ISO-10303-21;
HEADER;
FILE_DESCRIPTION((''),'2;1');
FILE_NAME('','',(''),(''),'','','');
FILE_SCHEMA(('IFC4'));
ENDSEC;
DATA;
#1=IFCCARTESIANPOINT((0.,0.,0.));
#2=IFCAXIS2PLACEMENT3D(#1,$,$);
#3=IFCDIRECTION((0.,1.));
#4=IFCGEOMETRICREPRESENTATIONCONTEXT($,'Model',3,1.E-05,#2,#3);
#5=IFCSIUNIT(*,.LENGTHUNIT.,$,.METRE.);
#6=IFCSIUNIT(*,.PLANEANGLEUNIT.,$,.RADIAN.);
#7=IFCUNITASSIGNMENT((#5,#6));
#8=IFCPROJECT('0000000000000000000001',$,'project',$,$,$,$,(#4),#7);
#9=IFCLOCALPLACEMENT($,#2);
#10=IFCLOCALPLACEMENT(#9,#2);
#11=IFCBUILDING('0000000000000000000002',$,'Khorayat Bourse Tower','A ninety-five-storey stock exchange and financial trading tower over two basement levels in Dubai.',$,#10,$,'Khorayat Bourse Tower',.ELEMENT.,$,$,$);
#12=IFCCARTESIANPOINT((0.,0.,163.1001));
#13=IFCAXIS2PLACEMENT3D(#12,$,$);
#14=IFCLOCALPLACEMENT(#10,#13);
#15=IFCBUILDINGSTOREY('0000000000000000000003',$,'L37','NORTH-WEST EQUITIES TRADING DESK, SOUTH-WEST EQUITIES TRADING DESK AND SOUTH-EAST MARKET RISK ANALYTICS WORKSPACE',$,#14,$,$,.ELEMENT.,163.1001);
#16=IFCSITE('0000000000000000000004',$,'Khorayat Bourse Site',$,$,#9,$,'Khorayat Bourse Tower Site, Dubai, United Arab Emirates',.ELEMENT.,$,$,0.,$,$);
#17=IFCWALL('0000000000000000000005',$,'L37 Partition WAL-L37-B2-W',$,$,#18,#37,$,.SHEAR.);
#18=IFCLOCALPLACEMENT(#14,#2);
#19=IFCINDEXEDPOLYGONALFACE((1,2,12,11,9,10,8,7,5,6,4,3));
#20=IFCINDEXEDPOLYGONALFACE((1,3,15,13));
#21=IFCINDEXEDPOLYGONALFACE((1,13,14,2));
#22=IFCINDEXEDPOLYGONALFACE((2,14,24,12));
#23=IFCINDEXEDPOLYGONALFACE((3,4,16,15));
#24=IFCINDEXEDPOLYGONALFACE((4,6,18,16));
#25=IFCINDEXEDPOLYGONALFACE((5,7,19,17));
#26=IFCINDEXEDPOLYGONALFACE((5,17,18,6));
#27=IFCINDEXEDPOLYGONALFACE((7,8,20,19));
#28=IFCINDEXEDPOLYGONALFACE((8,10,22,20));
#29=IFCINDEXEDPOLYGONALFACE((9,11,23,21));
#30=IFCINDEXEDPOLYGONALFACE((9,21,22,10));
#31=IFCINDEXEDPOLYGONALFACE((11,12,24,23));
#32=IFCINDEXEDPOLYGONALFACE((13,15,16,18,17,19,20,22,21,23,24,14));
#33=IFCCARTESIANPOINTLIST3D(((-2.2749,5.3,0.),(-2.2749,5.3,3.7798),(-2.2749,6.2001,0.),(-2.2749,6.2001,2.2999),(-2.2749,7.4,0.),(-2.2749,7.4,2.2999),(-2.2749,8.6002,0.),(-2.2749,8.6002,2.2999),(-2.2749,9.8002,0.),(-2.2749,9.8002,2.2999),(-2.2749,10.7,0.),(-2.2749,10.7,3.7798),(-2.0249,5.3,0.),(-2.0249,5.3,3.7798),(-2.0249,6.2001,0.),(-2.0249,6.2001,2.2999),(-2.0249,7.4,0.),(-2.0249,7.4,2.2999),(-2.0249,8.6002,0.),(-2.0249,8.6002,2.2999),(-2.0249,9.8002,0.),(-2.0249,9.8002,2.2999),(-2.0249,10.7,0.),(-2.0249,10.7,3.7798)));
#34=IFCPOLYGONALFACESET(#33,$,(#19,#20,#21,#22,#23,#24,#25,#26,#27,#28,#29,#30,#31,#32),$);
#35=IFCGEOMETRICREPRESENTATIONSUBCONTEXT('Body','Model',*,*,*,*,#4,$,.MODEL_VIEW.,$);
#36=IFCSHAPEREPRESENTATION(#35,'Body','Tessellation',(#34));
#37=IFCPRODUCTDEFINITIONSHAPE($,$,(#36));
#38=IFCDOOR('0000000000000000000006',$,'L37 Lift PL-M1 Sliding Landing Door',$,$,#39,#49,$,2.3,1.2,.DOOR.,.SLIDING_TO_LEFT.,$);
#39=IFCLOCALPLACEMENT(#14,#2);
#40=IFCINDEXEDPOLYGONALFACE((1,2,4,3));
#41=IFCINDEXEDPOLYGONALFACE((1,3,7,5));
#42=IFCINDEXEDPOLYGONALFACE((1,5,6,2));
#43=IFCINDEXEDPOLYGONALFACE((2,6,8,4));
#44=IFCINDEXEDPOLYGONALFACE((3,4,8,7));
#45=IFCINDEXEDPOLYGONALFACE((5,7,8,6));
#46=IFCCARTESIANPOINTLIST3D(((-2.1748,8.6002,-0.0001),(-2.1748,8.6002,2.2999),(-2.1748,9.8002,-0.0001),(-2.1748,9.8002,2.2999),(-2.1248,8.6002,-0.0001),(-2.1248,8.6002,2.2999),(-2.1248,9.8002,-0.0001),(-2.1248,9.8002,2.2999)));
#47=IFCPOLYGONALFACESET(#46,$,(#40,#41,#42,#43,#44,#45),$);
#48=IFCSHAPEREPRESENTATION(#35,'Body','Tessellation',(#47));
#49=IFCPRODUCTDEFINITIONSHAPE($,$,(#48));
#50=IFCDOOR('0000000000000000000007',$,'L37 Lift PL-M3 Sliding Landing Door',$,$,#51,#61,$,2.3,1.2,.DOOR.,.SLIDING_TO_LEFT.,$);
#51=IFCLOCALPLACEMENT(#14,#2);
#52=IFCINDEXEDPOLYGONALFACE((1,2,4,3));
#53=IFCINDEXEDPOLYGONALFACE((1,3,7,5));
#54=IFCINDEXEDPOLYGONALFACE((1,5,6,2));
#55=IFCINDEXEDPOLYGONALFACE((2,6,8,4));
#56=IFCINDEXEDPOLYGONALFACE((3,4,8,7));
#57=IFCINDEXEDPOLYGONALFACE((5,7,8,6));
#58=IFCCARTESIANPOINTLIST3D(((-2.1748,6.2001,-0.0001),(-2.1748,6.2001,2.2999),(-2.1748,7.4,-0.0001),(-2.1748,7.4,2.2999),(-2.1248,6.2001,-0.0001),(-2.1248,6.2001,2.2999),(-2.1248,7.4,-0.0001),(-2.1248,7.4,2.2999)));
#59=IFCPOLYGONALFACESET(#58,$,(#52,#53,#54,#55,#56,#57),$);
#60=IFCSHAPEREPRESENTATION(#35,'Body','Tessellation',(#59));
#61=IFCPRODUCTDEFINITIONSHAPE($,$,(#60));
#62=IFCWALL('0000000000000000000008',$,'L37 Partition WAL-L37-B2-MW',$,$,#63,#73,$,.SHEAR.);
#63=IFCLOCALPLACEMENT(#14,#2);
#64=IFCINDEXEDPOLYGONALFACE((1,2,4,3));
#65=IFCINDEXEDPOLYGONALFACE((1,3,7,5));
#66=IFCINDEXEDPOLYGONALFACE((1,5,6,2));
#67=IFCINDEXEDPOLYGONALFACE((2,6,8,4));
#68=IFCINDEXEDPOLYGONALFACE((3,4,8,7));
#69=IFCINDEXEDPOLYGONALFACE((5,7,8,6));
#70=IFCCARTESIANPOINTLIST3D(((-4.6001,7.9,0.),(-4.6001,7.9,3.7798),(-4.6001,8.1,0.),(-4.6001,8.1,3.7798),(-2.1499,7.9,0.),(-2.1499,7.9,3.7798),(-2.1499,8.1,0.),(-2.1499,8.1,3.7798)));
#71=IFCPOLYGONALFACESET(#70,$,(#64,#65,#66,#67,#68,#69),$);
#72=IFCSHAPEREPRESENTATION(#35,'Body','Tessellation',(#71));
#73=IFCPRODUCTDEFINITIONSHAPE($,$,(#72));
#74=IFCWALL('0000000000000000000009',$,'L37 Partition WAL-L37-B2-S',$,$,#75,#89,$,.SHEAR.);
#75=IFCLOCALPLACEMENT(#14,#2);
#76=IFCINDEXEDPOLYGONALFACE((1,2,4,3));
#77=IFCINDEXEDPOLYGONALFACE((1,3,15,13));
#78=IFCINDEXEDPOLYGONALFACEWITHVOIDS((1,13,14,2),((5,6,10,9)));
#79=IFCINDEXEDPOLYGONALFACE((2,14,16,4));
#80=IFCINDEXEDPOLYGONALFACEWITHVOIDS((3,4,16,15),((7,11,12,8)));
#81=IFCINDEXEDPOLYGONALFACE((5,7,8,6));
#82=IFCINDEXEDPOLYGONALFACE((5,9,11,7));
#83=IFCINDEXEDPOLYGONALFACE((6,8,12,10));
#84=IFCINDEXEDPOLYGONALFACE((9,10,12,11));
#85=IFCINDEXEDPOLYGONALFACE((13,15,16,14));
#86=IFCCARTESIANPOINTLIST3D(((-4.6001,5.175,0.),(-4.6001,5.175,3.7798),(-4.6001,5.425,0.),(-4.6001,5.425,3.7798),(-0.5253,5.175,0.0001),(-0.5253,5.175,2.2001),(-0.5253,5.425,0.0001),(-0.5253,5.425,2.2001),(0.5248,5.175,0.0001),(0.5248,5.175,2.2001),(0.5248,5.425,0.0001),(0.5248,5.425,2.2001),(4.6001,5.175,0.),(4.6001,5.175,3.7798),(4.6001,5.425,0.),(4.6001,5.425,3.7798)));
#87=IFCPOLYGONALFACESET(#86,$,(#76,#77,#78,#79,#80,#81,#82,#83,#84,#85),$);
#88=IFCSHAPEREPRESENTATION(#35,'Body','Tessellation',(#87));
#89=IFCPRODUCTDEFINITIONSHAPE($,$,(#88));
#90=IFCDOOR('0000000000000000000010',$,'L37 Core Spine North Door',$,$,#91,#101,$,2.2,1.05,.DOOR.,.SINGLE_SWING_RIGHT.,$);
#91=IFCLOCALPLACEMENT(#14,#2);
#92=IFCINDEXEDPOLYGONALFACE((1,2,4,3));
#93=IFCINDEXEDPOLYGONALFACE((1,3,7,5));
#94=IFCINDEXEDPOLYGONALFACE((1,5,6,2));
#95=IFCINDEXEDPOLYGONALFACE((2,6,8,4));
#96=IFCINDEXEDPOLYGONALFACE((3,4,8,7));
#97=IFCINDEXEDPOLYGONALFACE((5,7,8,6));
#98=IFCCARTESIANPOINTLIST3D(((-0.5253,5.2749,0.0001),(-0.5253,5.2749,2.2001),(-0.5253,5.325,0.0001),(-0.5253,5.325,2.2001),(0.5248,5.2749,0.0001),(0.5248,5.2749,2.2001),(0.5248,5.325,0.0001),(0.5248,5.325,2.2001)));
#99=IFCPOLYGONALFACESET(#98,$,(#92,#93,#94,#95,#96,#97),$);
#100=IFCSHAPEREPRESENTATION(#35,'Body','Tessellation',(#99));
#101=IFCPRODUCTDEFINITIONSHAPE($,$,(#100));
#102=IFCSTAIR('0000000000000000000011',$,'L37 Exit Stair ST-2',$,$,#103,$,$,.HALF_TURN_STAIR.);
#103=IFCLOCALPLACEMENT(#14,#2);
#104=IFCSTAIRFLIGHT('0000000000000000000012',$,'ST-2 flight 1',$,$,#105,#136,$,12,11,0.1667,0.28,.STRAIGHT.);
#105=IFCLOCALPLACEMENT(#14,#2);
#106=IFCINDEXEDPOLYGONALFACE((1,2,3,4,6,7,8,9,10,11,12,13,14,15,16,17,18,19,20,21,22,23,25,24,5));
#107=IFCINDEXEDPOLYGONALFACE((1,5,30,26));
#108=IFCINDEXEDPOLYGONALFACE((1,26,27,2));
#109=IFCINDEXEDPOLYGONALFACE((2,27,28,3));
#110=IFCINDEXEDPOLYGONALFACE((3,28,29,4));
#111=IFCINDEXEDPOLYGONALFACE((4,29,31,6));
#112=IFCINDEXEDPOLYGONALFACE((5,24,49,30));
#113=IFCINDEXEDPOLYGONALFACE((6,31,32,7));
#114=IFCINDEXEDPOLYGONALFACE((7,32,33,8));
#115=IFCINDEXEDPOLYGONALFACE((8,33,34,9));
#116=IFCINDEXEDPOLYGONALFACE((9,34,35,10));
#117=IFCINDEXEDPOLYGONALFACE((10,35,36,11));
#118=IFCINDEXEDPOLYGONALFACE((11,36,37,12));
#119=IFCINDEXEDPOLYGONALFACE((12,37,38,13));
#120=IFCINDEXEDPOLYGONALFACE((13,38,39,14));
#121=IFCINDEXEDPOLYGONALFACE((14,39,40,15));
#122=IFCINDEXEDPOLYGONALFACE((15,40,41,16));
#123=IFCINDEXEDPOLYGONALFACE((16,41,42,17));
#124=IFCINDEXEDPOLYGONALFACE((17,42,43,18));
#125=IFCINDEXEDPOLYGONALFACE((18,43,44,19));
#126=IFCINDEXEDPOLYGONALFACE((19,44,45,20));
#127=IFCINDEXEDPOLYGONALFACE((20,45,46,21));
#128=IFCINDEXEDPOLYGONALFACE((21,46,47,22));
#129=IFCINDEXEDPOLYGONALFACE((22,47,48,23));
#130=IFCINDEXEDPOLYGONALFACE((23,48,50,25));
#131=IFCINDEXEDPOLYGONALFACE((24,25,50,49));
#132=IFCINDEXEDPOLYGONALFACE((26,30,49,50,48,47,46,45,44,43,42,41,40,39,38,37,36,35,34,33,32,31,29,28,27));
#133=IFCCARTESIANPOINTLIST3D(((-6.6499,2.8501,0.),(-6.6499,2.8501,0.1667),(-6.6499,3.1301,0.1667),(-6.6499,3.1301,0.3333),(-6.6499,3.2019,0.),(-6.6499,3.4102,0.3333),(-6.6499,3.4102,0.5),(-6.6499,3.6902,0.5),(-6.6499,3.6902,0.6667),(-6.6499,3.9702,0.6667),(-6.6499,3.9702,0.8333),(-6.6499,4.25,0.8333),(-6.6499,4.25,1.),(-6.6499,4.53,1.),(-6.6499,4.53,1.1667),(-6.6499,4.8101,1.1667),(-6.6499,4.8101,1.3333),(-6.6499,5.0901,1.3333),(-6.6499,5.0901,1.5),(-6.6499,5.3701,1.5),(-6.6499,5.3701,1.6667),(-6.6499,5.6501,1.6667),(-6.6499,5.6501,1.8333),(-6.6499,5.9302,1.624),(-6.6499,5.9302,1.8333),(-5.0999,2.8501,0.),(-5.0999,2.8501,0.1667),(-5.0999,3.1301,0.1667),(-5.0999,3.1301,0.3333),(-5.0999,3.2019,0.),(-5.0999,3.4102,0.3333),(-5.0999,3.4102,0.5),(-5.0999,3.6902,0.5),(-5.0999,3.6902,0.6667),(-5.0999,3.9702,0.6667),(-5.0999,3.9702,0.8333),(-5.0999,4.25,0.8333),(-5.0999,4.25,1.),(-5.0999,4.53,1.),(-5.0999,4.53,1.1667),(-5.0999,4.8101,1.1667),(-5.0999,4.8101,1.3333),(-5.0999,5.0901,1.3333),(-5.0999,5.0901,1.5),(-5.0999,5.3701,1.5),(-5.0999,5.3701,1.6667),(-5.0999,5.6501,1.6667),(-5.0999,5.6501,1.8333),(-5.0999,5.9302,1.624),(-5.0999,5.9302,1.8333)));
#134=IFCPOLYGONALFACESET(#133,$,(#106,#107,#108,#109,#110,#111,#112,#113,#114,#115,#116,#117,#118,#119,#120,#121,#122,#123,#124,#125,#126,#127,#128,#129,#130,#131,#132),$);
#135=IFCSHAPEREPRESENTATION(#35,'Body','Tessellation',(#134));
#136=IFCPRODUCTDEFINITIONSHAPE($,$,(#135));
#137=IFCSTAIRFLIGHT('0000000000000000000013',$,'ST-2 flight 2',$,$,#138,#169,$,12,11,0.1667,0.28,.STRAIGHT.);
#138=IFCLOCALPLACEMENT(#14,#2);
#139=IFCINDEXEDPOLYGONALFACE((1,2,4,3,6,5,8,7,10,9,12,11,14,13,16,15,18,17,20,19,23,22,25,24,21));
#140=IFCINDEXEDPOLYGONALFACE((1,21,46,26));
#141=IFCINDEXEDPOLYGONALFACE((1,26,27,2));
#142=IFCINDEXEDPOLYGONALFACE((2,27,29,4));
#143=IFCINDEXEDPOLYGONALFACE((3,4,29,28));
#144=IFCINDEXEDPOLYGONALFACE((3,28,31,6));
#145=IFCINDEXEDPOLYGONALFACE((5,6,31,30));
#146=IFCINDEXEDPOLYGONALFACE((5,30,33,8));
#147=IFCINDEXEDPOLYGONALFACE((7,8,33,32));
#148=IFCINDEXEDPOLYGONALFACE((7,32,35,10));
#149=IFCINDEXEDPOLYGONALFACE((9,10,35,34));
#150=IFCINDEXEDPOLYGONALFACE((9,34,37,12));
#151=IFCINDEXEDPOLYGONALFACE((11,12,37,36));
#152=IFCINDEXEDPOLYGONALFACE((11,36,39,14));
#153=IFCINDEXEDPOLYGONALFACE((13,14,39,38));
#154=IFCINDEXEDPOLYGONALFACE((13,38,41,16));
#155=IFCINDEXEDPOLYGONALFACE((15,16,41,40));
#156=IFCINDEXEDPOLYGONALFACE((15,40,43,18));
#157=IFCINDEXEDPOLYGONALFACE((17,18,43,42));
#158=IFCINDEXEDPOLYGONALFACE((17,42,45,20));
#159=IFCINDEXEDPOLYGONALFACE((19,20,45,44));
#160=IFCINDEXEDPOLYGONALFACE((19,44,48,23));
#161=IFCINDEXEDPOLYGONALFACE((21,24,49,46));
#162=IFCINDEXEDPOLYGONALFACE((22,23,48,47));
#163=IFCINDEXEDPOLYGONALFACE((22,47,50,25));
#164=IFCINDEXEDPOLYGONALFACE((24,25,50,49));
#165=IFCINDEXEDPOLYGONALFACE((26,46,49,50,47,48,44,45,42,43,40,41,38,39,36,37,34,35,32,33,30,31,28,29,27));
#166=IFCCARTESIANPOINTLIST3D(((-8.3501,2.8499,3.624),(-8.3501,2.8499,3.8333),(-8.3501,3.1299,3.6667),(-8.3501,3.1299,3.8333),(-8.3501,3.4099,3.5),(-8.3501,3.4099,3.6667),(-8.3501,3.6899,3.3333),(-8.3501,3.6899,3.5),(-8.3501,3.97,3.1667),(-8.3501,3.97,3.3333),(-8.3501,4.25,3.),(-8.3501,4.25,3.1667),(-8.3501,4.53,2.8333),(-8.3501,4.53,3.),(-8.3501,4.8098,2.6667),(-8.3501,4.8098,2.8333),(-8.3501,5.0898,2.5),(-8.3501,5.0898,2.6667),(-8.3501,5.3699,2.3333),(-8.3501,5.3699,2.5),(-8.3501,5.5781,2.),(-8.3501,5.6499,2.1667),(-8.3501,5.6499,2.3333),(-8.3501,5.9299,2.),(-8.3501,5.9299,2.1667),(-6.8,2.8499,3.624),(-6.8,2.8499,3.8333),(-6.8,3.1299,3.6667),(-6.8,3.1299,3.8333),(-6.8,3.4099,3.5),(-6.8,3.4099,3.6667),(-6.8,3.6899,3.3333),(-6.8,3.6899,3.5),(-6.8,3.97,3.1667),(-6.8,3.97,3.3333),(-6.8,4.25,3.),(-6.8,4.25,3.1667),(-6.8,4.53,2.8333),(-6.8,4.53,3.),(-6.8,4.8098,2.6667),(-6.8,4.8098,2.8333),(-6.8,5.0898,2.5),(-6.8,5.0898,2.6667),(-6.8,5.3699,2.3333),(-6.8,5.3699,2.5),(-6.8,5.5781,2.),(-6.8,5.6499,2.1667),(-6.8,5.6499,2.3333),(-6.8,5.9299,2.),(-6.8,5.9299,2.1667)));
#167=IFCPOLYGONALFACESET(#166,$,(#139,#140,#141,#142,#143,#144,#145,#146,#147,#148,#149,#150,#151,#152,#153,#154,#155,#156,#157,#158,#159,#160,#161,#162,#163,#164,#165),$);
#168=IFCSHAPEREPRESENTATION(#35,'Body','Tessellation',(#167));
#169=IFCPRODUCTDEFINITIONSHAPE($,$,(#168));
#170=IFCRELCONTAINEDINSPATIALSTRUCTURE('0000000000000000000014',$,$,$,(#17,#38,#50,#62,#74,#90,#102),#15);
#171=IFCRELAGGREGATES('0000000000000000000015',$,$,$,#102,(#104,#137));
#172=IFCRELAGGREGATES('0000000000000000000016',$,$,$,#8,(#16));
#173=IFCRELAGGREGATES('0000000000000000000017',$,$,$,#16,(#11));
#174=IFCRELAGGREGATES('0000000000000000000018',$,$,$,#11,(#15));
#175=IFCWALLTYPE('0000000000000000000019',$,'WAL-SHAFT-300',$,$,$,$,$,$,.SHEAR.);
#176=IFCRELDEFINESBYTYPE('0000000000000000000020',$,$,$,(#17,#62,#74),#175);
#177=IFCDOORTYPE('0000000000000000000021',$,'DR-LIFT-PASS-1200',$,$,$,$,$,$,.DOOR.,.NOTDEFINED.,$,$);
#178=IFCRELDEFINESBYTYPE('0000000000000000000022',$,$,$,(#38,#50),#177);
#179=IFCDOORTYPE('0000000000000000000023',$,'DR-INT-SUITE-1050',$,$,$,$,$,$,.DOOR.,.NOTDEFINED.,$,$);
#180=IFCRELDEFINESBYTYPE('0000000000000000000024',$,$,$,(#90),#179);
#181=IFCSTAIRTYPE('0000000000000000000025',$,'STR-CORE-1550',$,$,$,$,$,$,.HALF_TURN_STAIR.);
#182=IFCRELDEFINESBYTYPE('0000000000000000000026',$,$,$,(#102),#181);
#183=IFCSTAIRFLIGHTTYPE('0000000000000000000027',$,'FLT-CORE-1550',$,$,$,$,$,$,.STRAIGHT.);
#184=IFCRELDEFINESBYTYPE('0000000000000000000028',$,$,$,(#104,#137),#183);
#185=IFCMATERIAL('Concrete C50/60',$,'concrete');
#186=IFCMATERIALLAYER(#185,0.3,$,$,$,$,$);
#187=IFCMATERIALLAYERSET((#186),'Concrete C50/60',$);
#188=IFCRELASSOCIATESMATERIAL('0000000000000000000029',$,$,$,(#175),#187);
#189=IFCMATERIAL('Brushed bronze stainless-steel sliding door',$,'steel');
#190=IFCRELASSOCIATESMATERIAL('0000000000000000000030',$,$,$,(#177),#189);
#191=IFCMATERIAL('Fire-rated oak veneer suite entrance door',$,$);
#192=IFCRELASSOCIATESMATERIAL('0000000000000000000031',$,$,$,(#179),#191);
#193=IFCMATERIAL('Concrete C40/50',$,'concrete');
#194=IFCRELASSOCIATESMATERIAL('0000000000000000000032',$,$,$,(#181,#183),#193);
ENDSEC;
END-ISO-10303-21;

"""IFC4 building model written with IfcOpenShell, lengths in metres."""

from ifc_helpers import new_model, si_unit, direction, frame, frame_2d, origin, place, context, subcontext, project, spatial, polyline, rectangle, outline, extrude, source, transform, mapped, material, layer, layer_set, type_object, element, fill, aggregate, save


model = new_model("IFC4")

# Units and contexts
model_context = context("Model", 3, precision=1e-05, world=origin(), true_north=direction((0.0, 1.0)))
body_context = subcontext(model_context, "Body", "Model", "MODEL_VIEW")
ifc_project = project(units=[si_unit("LENGTHUNIT", "METRE"), si_unit("PLANEANGLEUNIT", "RADIAN")], contexts=[model_context])

# Site, building, storey
site_placement = place(None, origin())
site = spatial("IfcSite", under=ifc_project, at=site_placement, Name="Khorayat Bourse Site", LongName="Khorayat Bourse Tower Site, Dubai, United Arab Emirates", CompositionType="ELEMENT", RefElevation=0.0)
building_placement = place(site_placement, origin())
building = spatial("IfcBuilding", under=site, at=building_placement, Name="Khorayat Bourse Tower", Description="A ninety-five-storey stock exchange and financial trading tower over two basement levels in Dubai.", LongName="Khorayat Bourse Tower", CompositionType="ELEMENT")
storey_placement = place(building_placement, frame((0.0, 0.0, 163.1001)))
storey = spatial("IfcBuildingStorey", under=building, at=storey_placement, Name="L37", Description="NORTH-WEST EQUITIES TRADING DESK, SOUTH-WEST EQUITIES TRADING DESK AND SOUTH-EAST MARKET RISK ANALYTICS WORKSPACE", CompositionType="ELEMENT", Elevation=163.1001)

# Shared definitions
ifc_material_1 = material(Name="Concrete C50/60", Category="concrete")
ifc_layer_1 = layer(ifc_material_1, 0.3)
ifc_layer_set_1 = layer_set([ifc_layer_1], Name="Concrete C50/60")
wall_type_1 = type_object("IfcWallType", Name="WAL-SHAFT-300", PredefinedType="SHEAR", material=ifc_layer_set_1)

# Wall, openings, doors
shared_shape_1 = source(origin(), body_context, "Body", "SweptSolid", [
    extrude(rectangle(XDim=5.3999, YDim=0.25, at=frame_2d((2.7, 0.0))), origin(), (0.0, 0.0, 1.0), 3.7798),
])
wall_1_placement = place(storey_placement, frame((-2.1499, 5.3, 0.0), z_axis=(0.0, 0.0, 1.0), x_axis=(0.0, 1.0, 0.0)))
wall_1 = element("IfcWall", 1, at=wall_1_placement, inside=storey, type_object=wall_type_1, Name="L37 Partition WAL-L37-B2-W", PredefinedType="SHEAR", context=body_context, shape_type="MappedRepresentation", body=[
    mapped(shared_shape_1, transform((0.0, 0.0, 0.0), scale=1.0)),
])
shared_shape_2 = source(origin(), body_context, "Body", "SweptSolid", [
    extrude(rectangle(XDim=1.2, YDim=2.3, at=frame_2d((0.6001, 1.1499))), frame((0.0, 0.135, 0.0), z_axis=(0.0, -1.0, 0.0), x_axis=(1.0, 0.0, 0.0)), (0.0, 0.0, 1.0), 0.27),
])
opening_1_placement = place(wall_1_placement, frame((3.3, 0.0, 0.0)))
opening_1 = element("IfcOpeningElement", 2, at=opening_1_placement, cuts=wall_1, PredefinedType="OPENING", context=body_context, shape_type="MappedRepresentation", body=[
    mapped(shared_shape_2, transform((0.0, 0.0, 0.0), scale=1.0)),
])
opening_2_placement = place(wall_1_placement, frame((0.8999, 0.0, 0.0)))
opening_2 = element("IfcOpeningElement", 3, at=opening_2_placement, cuts=wall_1, PredefinedType="OPENING", context=body_context, shape_type="MappedRepresentation", body=[
    mapped(shared_shape_2, transform((0.0, 0.0, 0.0), scale=1.0)),
])
ifc_material_2 = material(Name="Brushed bronze stainless-steel sliding door", Category="steel")
door_type_1 = type_object("IfcDoorType", Name="DR-LIFT-PASS-1200", OperationType="NOTDEFINED", PredefinedType="DOOR", material=ifc_material_2)
shared_shape_3 = source(origin(), body_context, "Body", "SweptSolid", [
    extrude(rectangle(XDim=1.2, YDim=2.3, at=frame_2d((0.6001, 1.1499))), frame((0.0, 0.0249, 0.0), z_axis=(0.0, -1.0, 0.0), x_axis=(1.0, 0.0, 0.0)), (0.0, 0.0, 1.0), 0.05),
])
door_1_placement = place(opening_1_placement, origin())
door_1 = element("IfcDoor", 4, at=door_1_placement, inside=storey, type_object=door_type_1, Name="L37 Lift PL-M1 Sliding Landing Door", OperationType="SLIDING_TO_LEFT", OverallHeight=2.3, OverallWidth=1.2, PredefinedType="DOOR", context=body_context, shape_type="MappedRepresentation", body=[
    mapped(shared_shape_3, transform((0.0, 0.0, 0.0), scale=1.0)),
])
fill(opening_1, door_1)
door_2_placement = place(opening_2_placement, origin())
door_2 = element("IfcDoor", 5, at=door_2_placement, inside=storey, type_object=door_type_1, Name="L37 Lift PL-M3 Sliding Landing Door", OperationType="SLIDING_TO_LEFT", OverallHeight=2.3, OverallWidth=1.2, PredefinedType="DOOR", context=body_context, shape_type="MappedRepresentation", body=[
    mapped(shared_shape_3, transform((0.0, 0.0, 0.0), scale=1.0)),
])
fill(opening_2, door_2)

# Wall
shared_shape_4 = source(origin(), body_context, "Body", "SweptSolid", [
    extrude(rectangle(XDim=2.4502, YDim=0.2, at=frame_2d((1.2251, 0.0))), origin(), (0.0, 0.0, 1.0), 3.7798),
])
wall_2_placement = place(storey_placement, frame((-4.6001, 8.0, 0.0), z_axis=(0.0, 0.0, 1.0), x_axis=(1.0, 0.0, 0.0)))
element("IfcWall", 6, at=wall_2_placement, inside=storey, type_object=wall_type_1, Name="L37 Partition WAL-L37-B2-MW", PredefinedType="SHEAR", context=body_context, shape_type="MappedRepresentation", body=[
    mapped(shared_shape_4, transform((0.0, 0.0, 0.0), scale=1.0)),
])

# Wall, opening, door
shared_shape_5 = source(origin(), body_context, "Body", "SweptSolid", [
    extrude(rectangle(XDim=9.2002, YDim=0.25, at=frame_2d((4.6001, 0.0))), origin(), (0.0, 0.0, 1.0), 3.7798),
])
wall_3_placement = place(storey_placement, frame((-4.6001, 5.3, 0.0), z_axis=(0.0, 0.0, 1.0), x_axis=(1.0, 0.0, 0.0)))
wall_3 = element("IfcWall", 7, at=wall_3_placement, inside=storey, type_object=wall_type_1, Name="L37 Partition WAL-L37-B2-S", PredefinedType="SHEAR", context=body_context, shape_type="MappedRepresentation", body=[
    mapped(shared_shape_5, transform((0.0, 0.0, 0.0), scale=1.0)),
])
shared_shape_6 = source(origin(), body_context, "Body", "SweptSolid", [
    extrude(rectangle(XDim=1.05, YDim=2.2, at=frame_2d((0.5249, 1.1001))), frame((0.0, 0.135, 0.0), z_axis=(0.0, -1.0, 0.0), x_axis=(1.0, 0.0, 0.0)), (0.0, 0.0, 1.0), 0.27),
])
opening_3_placement = place(wall_3_placement, frame((4.075, 0.0, 0.0)))
opening_3 = element("IfcOpeningElement", 8, at=opening_3_placement, cuts=wall_3, PredefinedType="OPENING", context=body_context, shape_type="MappedRepresentation", body=[
    mapped(shared_shape_6, transform((0.0, 0.0, 0.0), scale=1.0)),
])
ifc_material_3 = material(Name="Fire-rated oak veneer suite entrance door")
door_type_2 = type_object("IfcDoorType", Name="DR-INT-SUITE-1050", OperationType="NOTDEFINED", PredefinedType="DOOR", material=ifc_material_3)
shared_shape_7 = source(origin(), body_context, "Body", "SweptSolid", [
    extrude(rectangle(XDim=1.05, YDim=2.2, at=frame_2d((0.5249, 1.1001))), frame((0.0, 0.0249, 0.0), z_axis=(0.0, -1.0, 0.0), x_axis=(1.0, 0.0, 0.0)), (0.0, 0.0, 1.0), 0.05),
])
door_3_placement = place(opening_3_placement, origin())
door_3 = element("IfcDoor", 9, at=door_3_placement, inside=storey, type_object=door_type_2, Name="L37 Core Spine North Door", OperationType="SINGLE_SWING_RIGHT", OverallHeight=2.2, OverallWidth=1.05, PredefinedType="DOOR", context=body_context, shape_type="MappedRepresentation", body=[
    mapped(shared_shape_7, transform((0.0, 0.0, 0.0), scale=1.0)),
])
fill(opening_3, door_3)

# Stair, stair flights
ifc_material_4 = material(Name="Concrete C40/50", Category="concrete")
stair_type = type_object("IfcStairType", Name="STR-CORE-1550", PredefinedType="HALF_TURN_STAIR", material=ifc_material_4)
stair_placement = place(storey_placement, origin())
stair = element("IfcStair", 10, at=stair_placement, inside=storey, type_object=stair_type, Name="L37 Exit Stair ST-2", PredefinedType="HALF_TURN_STAIR")
stair_flight_type = type_object("IfcStairFlightType", Name="FLT-CORE-1550", PredefinedType="STRAIGHT", material=ifc_material_4)
shared_shape_8 = source(origin(), body_context, "Body", "SweptSolid", [
    extrude(outline(polyline([(0.0, 0.0), (0.0, 0.1667), (0.28, 0.1667), (0.28, 0.3333), (0.5601, 0.3333), (0.5601, 0.5), (0.8401, 0.5), (0.8401, 0.6667), (1.1201, 0.6667), (1.1201, 0.8333), (1.3999, 0.8333), (1.3999, 1.0), (1.6799, 1.0), (1.6799, 1.1667), (1.96, 1.1667), (1.96, 1.3333), (2.24, 1.3333), (2.24, 1.5), (2.52, 1.5), (2.52, 1.6667), (2.8, 1.6667), (2.8, 1.8333), (3.0801, 1.8333), (3.0801, 2.0), (3.0801, 1.624), (0.3518, 0.0), (0.0, 0.0)])), frame((0.0, 0.7749, 0.0), z_axis=(0.0, -1.0, 0.0), x_axis=(1.0, 0.0, 0.0)), (0.0, 0.0, 1.0), 1.55),
])
stair_flight_1_placement = place(storey_placement, frame((-5.875, 2.8501, 0.0), z_axis=(0.0, 0.0, 1.0), x_axis=(0.0, 1.0, 0.0)))
stair_flight_1 = element("IfcStairFlight", 11, at=stair_flight_1_placement, type_object=stair_flight_type, Name="ST-2 flight 1", NumberOfRisers=12, NumberOfTreads=11, PredefinedType="STRAIGHT", RiserHeight=0.1667, TreadLength=0.28, context=body_context, shape_type="MappedRepresentation", body=[
    mapped(shared_shape_8, transform((0.0, 0.0, 0.0), scale=1.0)),
])
stair_flight_2_placement = place(storey_placement, frame((-7.575, 5.9299, 2.0), z_axis=(0.0, 0.0, 1.0), x_axis=(0.0, -1.0, 0.0)))
stair_flight_2 = element("IfcStairFlight", 12, at=stair_flight_2_placement, type_object=stair_flight_type, Name="ST-2 flight 2", NumberOfRisers=12, NumberOfTreads=11, PredefinedType="STRAIGHT", RiserHeight=0.1667, TreadLength=0.28, context=body_context, shape_type="MappedRepresentation", body=[
    mapped(shared_shape_8, transform((0.0, 0.0, 0.0), scale=1.0)),
])
aggregate(stair, [stair_flight_1, stair_flight_2])

save(model, "model.ifc")
